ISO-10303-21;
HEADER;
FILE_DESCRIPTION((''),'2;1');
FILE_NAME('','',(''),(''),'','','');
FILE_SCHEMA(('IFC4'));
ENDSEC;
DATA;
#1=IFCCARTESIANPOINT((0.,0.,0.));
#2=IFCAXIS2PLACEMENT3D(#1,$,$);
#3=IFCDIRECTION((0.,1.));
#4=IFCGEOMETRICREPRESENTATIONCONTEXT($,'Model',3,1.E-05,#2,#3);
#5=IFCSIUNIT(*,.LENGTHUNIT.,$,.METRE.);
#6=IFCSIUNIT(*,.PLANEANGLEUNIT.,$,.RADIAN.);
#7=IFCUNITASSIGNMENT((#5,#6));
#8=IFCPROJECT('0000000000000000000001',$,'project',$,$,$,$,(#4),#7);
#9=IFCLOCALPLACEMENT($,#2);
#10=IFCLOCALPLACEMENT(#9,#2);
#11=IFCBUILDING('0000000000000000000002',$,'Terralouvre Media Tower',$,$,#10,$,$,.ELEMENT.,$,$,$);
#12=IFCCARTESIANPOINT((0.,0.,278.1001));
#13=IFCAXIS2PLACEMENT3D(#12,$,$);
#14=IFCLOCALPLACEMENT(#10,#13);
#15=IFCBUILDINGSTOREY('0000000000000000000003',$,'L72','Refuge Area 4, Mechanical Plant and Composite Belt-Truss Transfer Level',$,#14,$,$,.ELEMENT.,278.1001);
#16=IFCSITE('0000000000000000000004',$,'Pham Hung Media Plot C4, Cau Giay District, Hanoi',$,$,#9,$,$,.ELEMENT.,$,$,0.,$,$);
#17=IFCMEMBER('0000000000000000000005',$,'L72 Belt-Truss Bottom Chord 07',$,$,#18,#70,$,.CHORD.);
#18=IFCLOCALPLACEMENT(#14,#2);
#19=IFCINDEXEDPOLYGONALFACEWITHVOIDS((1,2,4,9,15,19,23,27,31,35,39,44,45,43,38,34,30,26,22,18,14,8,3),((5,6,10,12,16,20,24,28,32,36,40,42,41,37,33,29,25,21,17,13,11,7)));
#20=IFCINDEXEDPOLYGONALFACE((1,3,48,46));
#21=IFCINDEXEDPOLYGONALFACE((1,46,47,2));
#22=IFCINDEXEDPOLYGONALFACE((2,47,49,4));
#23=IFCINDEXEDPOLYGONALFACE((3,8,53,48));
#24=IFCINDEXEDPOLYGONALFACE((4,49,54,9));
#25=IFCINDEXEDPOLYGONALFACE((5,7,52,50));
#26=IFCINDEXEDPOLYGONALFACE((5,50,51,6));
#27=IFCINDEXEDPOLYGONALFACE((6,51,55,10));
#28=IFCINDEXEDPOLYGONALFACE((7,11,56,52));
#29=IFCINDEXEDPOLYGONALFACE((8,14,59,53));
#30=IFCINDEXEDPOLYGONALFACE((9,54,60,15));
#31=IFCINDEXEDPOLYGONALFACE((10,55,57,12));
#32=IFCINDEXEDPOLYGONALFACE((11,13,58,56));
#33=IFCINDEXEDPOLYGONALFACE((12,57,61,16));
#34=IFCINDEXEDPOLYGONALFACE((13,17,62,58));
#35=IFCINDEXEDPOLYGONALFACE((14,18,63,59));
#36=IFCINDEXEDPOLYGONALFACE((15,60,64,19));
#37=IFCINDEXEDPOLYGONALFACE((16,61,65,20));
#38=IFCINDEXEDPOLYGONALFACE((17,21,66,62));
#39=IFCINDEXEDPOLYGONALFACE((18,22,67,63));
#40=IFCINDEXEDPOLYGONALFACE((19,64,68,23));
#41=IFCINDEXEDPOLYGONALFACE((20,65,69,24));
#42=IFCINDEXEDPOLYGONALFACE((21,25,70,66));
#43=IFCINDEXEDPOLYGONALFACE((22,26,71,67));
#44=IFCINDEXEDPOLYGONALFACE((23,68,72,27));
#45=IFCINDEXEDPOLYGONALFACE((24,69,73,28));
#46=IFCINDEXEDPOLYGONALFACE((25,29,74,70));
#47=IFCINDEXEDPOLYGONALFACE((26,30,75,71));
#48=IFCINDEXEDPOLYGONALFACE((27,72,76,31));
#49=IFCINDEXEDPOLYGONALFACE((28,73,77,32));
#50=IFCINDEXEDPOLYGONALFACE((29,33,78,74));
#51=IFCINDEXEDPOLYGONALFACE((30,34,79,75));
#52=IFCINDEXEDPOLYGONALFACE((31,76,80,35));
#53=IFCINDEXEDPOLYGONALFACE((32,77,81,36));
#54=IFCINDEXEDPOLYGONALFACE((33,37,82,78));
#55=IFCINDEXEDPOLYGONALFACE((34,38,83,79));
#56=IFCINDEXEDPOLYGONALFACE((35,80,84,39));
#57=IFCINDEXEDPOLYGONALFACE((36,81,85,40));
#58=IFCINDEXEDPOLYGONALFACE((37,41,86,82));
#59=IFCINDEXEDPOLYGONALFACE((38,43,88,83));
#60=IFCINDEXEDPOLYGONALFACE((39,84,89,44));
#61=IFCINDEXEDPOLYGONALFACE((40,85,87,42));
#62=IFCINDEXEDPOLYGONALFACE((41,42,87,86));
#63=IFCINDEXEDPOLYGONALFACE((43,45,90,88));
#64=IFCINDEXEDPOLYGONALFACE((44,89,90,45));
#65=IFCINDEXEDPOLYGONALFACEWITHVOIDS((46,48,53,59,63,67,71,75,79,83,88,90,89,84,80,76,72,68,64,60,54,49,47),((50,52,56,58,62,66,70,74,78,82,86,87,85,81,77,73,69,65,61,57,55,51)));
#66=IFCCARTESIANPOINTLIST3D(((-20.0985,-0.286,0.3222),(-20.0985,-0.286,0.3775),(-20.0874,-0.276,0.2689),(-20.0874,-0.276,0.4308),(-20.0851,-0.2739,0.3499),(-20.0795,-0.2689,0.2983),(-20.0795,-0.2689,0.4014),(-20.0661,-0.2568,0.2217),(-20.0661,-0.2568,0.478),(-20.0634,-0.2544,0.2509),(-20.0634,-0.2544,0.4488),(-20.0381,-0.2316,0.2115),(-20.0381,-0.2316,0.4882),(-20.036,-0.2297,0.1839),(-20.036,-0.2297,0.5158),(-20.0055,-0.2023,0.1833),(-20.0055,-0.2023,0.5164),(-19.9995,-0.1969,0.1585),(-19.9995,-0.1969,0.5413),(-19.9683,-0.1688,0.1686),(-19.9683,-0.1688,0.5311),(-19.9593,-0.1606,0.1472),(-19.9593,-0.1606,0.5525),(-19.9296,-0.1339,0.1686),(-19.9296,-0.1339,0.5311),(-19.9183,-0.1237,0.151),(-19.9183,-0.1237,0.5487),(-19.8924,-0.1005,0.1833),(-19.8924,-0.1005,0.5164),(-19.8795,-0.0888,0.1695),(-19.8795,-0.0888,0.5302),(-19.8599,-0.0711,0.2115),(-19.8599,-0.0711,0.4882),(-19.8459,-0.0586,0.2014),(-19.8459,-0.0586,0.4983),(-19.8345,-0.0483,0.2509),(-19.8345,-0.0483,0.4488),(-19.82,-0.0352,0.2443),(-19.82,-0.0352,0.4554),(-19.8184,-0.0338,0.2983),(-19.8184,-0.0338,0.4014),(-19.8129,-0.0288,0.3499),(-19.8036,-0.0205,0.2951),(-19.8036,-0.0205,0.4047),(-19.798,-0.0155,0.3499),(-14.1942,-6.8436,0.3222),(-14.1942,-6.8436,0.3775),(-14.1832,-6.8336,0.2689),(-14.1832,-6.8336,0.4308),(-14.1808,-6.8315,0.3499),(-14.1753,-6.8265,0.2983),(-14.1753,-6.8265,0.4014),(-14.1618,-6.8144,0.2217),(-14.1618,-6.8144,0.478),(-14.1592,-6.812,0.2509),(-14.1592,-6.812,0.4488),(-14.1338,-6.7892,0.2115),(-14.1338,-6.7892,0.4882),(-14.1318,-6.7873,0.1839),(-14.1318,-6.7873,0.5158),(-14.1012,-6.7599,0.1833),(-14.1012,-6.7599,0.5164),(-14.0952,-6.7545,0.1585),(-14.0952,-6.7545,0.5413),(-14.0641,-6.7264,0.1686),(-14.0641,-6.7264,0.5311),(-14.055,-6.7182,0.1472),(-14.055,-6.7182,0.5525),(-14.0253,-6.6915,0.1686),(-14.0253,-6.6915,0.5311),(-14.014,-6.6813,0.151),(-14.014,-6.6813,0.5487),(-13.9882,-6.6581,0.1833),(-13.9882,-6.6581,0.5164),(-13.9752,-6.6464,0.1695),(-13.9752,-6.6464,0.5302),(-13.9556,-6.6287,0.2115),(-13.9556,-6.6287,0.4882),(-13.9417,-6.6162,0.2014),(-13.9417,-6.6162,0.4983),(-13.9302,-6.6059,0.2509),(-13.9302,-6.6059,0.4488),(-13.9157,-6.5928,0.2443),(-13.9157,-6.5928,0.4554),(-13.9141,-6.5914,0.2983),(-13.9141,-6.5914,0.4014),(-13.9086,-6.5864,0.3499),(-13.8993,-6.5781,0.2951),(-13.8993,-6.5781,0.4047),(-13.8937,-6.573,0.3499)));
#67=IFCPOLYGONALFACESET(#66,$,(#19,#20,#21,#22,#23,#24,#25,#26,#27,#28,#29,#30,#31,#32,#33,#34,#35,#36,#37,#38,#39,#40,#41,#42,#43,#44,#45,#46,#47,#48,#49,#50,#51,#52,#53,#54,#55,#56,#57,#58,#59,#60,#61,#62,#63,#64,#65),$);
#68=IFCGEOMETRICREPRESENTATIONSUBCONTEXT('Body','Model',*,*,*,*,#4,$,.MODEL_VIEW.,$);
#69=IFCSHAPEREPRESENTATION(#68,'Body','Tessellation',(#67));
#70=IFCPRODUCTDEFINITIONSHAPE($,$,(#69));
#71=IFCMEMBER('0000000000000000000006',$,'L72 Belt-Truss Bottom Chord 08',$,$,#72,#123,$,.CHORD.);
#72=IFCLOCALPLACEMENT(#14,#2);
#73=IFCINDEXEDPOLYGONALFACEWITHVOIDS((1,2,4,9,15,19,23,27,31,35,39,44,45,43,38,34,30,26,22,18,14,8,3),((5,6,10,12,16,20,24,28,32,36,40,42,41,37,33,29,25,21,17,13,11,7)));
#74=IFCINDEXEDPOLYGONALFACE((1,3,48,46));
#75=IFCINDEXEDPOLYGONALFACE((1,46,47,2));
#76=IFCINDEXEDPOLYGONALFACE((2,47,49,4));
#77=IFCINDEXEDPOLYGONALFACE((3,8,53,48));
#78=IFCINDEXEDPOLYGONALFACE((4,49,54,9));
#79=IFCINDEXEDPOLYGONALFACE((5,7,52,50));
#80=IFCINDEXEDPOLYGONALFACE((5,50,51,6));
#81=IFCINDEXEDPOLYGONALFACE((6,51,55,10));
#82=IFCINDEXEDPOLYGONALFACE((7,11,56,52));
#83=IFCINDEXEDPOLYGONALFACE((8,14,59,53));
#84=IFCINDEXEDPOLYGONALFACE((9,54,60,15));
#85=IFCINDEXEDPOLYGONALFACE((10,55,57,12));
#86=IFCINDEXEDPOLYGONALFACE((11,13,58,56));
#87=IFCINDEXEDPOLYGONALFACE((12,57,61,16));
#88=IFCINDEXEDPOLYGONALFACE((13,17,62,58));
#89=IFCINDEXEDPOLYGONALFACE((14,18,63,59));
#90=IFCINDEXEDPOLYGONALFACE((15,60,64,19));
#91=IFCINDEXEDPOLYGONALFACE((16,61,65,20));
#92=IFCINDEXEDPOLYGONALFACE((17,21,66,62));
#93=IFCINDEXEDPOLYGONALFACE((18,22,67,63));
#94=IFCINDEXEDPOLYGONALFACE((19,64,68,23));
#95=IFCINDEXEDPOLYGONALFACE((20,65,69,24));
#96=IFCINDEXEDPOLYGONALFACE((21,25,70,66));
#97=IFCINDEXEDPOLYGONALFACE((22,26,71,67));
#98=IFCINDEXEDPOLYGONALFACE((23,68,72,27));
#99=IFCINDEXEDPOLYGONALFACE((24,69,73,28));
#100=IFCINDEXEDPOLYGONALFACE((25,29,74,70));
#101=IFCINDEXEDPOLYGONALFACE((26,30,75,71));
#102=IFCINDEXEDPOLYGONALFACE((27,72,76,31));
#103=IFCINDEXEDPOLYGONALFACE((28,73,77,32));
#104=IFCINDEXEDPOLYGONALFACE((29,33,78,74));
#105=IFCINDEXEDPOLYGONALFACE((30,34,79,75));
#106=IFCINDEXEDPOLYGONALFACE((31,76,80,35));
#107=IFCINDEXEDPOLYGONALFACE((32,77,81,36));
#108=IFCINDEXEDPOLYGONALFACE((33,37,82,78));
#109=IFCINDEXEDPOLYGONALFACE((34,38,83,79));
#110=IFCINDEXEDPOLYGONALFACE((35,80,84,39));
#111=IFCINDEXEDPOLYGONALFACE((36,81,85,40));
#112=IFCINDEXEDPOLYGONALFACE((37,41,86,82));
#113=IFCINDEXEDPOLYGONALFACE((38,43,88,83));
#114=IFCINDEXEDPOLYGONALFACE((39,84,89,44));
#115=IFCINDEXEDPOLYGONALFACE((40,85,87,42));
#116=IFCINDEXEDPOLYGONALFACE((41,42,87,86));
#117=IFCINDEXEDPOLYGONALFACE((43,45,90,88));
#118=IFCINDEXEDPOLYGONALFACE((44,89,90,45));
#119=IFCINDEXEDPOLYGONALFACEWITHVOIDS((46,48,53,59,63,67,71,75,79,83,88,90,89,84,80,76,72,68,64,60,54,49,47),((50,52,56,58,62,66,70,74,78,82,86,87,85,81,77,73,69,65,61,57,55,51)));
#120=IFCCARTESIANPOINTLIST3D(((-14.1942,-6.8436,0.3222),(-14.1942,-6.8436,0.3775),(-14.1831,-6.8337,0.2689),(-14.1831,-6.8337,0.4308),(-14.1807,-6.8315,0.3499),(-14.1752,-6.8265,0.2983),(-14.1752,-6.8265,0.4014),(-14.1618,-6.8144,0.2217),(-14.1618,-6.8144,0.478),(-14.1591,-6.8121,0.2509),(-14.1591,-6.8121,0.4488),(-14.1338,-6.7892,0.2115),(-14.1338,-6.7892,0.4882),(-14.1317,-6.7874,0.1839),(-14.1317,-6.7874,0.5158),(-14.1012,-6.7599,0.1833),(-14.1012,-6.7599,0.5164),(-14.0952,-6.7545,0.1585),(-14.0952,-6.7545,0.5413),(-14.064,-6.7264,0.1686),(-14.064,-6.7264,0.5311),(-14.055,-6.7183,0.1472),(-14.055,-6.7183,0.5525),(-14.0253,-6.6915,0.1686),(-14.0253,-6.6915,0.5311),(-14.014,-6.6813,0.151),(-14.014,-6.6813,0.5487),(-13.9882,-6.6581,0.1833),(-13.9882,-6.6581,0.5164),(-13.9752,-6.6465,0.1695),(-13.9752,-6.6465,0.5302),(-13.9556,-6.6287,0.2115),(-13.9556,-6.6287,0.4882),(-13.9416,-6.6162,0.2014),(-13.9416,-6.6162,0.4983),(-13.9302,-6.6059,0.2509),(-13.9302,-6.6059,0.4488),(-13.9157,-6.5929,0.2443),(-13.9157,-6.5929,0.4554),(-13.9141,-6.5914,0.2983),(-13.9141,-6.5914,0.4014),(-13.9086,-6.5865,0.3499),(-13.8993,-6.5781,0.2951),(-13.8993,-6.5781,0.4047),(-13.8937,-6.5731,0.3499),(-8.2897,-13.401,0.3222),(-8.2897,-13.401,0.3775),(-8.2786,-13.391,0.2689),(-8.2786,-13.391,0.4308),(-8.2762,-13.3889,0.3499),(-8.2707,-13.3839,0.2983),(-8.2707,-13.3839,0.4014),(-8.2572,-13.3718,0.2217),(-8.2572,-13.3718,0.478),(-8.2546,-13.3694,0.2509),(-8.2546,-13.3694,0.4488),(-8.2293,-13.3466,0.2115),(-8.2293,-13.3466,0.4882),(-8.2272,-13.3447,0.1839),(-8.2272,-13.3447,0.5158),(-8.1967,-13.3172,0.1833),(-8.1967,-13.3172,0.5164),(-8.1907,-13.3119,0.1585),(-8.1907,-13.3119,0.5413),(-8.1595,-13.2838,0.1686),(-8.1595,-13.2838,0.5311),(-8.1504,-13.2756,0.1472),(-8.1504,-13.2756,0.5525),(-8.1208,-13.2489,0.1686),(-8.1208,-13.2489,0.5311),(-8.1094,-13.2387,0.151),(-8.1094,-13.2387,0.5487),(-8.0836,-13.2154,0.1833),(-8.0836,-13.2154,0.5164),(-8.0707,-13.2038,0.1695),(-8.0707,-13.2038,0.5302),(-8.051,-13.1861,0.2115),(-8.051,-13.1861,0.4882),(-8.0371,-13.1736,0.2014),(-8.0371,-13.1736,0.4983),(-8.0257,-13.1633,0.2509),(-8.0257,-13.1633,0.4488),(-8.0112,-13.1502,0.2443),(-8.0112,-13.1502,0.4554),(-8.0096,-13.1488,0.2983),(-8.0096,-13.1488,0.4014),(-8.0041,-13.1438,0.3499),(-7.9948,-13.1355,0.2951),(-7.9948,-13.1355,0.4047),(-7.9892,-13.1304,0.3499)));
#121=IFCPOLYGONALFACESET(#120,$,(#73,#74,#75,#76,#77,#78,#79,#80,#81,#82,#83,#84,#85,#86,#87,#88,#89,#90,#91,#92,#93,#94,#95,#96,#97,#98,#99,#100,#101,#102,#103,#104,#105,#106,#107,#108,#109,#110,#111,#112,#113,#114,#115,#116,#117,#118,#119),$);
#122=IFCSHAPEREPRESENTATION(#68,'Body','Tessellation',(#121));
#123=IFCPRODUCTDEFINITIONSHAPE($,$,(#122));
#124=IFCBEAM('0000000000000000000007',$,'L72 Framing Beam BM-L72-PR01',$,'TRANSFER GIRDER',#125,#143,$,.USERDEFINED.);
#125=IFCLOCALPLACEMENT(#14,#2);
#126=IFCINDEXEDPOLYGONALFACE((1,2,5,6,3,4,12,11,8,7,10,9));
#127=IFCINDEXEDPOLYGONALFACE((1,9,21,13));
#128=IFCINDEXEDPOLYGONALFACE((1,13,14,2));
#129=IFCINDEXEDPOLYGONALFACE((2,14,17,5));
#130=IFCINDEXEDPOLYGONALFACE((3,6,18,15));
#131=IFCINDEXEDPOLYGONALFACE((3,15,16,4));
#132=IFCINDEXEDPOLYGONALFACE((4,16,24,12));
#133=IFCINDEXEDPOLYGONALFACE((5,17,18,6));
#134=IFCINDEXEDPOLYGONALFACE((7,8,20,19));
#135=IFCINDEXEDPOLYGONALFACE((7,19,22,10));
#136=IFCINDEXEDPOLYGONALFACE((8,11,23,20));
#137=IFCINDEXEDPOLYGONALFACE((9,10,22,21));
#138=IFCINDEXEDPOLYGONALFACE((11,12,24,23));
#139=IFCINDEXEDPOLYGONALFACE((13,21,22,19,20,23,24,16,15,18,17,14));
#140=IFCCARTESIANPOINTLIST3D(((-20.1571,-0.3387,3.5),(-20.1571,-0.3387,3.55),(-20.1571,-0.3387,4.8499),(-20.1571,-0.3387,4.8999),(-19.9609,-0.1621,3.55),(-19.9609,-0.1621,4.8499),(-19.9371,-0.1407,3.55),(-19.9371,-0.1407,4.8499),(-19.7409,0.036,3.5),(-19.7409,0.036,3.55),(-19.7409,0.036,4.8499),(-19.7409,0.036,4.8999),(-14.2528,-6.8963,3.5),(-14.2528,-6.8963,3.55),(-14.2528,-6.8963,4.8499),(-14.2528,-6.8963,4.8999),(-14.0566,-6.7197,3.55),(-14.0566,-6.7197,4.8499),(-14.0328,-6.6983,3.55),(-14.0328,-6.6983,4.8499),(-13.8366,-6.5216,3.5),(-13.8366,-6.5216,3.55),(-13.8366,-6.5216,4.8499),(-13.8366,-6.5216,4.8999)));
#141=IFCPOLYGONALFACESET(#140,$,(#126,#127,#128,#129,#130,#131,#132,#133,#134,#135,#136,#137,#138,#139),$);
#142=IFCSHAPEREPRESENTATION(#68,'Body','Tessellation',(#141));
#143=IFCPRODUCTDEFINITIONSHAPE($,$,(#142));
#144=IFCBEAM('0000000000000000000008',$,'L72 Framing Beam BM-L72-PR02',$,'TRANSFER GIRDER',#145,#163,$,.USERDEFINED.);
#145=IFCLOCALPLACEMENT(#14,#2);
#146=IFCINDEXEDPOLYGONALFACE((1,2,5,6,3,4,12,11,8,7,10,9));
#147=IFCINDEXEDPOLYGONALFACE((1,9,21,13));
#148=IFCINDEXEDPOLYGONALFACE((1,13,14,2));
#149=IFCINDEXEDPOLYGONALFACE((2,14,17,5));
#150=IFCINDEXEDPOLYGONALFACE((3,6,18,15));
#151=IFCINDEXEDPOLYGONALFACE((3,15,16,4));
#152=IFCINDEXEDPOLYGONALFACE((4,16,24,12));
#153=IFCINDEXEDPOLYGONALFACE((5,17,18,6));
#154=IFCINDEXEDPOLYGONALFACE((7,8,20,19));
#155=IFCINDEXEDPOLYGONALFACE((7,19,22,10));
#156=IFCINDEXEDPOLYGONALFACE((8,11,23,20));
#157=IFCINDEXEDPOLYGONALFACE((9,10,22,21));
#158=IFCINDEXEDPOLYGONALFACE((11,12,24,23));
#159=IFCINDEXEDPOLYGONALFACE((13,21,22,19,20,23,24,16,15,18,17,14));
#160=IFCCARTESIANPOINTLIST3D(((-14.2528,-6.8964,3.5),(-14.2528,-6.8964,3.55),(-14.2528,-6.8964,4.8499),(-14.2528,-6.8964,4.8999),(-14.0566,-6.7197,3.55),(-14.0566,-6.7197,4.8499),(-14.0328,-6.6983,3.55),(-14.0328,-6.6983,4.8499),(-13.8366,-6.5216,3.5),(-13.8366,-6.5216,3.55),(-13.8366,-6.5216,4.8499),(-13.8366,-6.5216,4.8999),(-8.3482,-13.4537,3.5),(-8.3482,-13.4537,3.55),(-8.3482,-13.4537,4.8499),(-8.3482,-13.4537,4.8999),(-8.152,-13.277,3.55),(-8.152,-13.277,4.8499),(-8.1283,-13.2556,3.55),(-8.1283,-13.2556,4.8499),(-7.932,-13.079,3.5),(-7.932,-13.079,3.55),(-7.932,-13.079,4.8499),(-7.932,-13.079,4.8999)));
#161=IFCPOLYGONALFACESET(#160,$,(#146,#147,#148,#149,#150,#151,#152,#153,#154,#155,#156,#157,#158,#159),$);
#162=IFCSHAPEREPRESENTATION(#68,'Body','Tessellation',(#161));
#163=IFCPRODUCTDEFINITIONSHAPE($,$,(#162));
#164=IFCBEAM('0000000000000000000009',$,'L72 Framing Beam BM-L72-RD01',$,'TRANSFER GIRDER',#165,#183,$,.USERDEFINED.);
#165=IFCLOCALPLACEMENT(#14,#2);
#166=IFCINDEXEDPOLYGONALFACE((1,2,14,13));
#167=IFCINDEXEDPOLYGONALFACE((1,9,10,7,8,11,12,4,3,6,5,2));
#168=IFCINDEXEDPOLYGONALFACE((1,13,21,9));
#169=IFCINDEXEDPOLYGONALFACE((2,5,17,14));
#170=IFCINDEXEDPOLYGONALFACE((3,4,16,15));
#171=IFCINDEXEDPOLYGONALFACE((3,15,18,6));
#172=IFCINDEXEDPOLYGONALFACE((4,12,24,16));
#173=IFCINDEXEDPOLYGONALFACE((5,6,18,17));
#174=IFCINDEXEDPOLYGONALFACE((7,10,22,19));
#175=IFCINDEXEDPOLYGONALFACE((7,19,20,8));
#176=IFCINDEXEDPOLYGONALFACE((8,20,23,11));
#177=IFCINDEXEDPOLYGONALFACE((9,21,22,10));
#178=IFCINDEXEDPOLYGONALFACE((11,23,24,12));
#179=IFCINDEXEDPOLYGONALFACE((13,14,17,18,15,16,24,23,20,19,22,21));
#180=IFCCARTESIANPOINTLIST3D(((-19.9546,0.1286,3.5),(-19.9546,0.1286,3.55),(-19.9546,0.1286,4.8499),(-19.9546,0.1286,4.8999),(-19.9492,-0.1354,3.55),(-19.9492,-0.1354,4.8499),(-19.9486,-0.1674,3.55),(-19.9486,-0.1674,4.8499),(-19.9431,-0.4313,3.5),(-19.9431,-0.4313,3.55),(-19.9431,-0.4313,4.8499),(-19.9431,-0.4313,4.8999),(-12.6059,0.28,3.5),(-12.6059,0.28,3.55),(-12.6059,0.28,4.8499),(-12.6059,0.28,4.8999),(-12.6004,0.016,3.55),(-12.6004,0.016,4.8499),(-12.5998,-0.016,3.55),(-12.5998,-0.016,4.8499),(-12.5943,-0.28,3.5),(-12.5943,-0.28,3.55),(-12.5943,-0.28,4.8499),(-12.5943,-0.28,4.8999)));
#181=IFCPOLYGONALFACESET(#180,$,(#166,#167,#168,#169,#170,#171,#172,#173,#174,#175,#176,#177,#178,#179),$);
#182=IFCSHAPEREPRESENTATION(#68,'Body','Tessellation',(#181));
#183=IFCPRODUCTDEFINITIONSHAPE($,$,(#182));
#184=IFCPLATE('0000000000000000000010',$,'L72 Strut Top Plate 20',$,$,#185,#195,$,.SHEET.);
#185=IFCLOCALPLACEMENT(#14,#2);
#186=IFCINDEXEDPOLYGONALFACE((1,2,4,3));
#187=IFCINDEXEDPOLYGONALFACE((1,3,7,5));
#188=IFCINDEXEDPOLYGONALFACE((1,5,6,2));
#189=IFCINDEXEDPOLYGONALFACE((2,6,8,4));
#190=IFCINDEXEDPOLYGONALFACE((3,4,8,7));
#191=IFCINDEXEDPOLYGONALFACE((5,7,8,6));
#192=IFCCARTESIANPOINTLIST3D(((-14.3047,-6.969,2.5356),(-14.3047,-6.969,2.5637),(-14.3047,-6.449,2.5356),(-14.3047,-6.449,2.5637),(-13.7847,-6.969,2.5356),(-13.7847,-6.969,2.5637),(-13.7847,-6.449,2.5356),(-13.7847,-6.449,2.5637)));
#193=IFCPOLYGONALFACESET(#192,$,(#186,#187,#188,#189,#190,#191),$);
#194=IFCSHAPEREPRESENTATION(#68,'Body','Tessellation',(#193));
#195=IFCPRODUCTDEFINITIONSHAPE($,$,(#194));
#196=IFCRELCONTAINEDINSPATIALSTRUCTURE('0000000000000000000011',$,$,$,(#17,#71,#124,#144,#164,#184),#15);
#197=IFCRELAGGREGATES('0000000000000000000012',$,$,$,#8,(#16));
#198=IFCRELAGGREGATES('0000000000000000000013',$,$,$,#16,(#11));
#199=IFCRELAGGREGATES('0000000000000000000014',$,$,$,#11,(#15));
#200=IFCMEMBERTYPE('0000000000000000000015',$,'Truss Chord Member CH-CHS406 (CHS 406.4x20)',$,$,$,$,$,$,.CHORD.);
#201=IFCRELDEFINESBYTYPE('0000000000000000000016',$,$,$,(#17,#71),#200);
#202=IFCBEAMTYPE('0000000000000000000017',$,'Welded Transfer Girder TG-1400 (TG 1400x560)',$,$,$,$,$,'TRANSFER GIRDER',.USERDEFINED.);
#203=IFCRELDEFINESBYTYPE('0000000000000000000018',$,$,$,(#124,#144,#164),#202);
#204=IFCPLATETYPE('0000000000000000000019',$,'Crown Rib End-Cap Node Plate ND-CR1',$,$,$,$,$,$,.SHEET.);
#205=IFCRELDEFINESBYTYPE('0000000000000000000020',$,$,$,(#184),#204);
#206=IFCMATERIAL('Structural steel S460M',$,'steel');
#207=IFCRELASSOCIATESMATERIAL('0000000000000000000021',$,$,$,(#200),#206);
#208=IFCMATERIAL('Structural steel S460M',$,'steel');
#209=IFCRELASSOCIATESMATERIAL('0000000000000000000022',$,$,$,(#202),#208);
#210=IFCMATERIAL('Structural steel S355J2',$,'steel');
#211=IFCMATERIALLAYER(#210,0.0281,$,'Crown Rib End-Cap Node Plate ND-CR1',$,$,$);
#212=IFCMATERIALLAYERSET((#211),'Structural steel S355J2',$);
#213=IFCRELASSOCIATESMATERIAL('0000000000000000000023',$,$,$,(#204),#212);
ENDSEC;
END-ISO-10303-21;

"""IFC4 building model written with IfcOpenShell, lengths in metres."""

from ifc_helpers import new_model, si_unit, direction, frame, origin, origin_2d, place, context, subcontext, project, spatial, rectangle, hollow_circle, i_section, extrude, material, layer, layer_set, material_profile, profile_set, type_object, element, save


model = new_model("IFC4")

# Units and contexts
model_context = context("Model", 3, precision=1e-05, world=origin(), true_north=direction((0.0, 1.0)))
body_context = subcontext(model_context, "Body", "Model", "MODEL_VIEW")
ifc_project = project(units=[si_unit("LENGTHUNIT", "METRE"), si_unit("PLANEANGLEUNIT", "RADIAN")], contexts=[model_context])

# Site, building, storey
site_placement = place(None, origin())
site = spatial("IfcSite", under=ifc_project, at=site_placement, Name="Pham Hung Media Plot C4, Cau Giay District, Hanoi", CompositionType="ELEMENT", RefElevation=0.0)
building_placement = place(site_placement, origin())
building = spatial("IfcBuilding", under=site, at=building_placement, Name="Terralouvre Media Tower", CompositionType="ELEMENT")
storey_placement = place(building_placement, frame((0.0, 0.0, 278.1001)))
storey = spatial("IfcBuildingStorey", under=building, at=storey_placement, Name="L72", Description="Refuge Area 4, Mechanical Plant and Composite Belt-Truss Transfer Level", CompositionType="ELEMENT", Elevation=278.1001)

# Members
ifc_material_1 = material(Name="Structural steel S460M", Category="steel")
ifc_material_profile_1 = material_profile(ifc_material_1, hollow_circle(Radius=0.2031, WallThickness=0.02, at=origin_2d()), Name="CHS 406.4x20")
ifc_profile_set_1 = profile_set([ifc_material_profile_1], Name="Structural steel S460M")
member_type_1 = type_object("IfcMemberType", Name="Truss Chord Member CH-CHS406 (CHS 406.4x20)", PredefinedType="CHORD", material=ifc_profile_set_1)
for number, where, z_axis, x_axis, name in (
    (1, (-19.949, -0.1514, 0.3499), (0.669118, -0.743157, 0.0), (0.743157, 0.669118, 0.0), "L72 Belt-Truss Bottom Chord 07"),
    (2, (-14.0447, -6.709, 0.3499), (0.669147, -0.74313, 0.0), (0.74313, 0.669147, 0.0), "L72 Belt-Truss Bottom Chord 08"),
):
    element("IfcMember", number, at=place(storey_placement, frame(where, z_axis=z_axis, x_axis=x_axis)), inside=storey, type_object=member_type_1, Name=name, PredefinedType="CHORD", context=body_context, shape_type="SweptSolid", body=[
        extrude(hollow_circle(Radius=0.2031, WallThickness=0.02, at=origin_2d()), origin(), (0.0, 0.0, 1.0), 8.824),
    ])

# Beams
ifc_material_2 = material(Name="Structural steel S460M", Category="steel")
ifc_material_profile_2 = material_profile(ifc_material_2, i_section(OverallWidth=0.5601, OverallDepth=1.3999, WebThickness=0.032, FlangeThickness=0.05, at=origin_2d()), Name="TG 1400x560")
ifc_profile_set_2 = profile_set([ifc_material_profile_2], Name="Structural steel S460M")
beam_type_1 = type_object("IfcBeamType", Name="Welded Transfer Girder TG-1400 (TG 1400x560)", ElementType="TRANSFER GIRDER", PredefinedType="USERDEFINED", material=ifc_profile_set_2)
for number, where, z_axis, x_axis, name in (
    (3, (-19.949, -0.1514, 4.2), (0.669118, -0.743157, 0.0), (0.743157, 0.669118, 0.0), "L72 Framing Beam BM-L72-PR01"),
    (4, (-14.0447, -6.709, 4.2), (0.669147, -0.74313, 0.0), (0.74313, 0.669147, 0.0), "L72 Framing Beam BM-L72-PR02"),
):
    element("IfcBeam", number, at=place(storey_placement, frame(where, z_axis=z_axis, x_axis=x_axis)), inside=storey, type_object=beam_type_1, Name=name, ObjectType="TRANSFER GIRDER", PredefinedType="USERDEFINED", context=body_context, shape_type="SweptSolid", body=[
        extrude(i_section(OverallWidth=0.5601, OverallDepth=1.3999, WebThickness=0.032, FlangeThickness=0.05, at=origin_2d()), origin(), (0.0, 0.0, 1.0), 8.824),
    ])
beam_1_placement = place(storey_placement, frame((-12.6001, 0.0, 4.2), z_axis=(-0.999788, -0.020593, 0.0), x_axis=(0.020593, -0.999788, 0.0)))
element("IfcBeam", 5, at=beam_1_placement, inside=storey, type_object=beam_type_1, Name="L72 Framing Beam BM-L72-RD01", ObjectType="TRANSFER GIRDER", PredefinedType="USERDEFINED", context=body_context, shape_type="SweptSolid", body=[
    extrude(i_section(OverallWidth=0.5601, OverallDepth=1.3999, WebThickness=0.032, FlangeThickness=0.05, at=origin_2d()), origin(), (0.0, 0.0, 1.0), 7.3503),
])

# Plate
ifc_material_3 = material(Name="Structural steel S355J2", Category="steel")
ifc_layer_1 = layer(ifc_material_3, 0.0281, Name="Crown Rib End-Cap Node Plate ND-CR1")
ifc_layer_set_1 = layer_set([ifc_layer_1], Name="Structural steel S355J2")
plate_type_1 = type_object("IfcPlateType", Name="Crown Rib End-Cap Node Plate ND-CR1", PredefinedType="SHEET", material=ifc_layer_set_1)
plate_placement = place(storey_placement, frame((-14.0447, -6.709, 2.5356), z_axis=(0.0, 0.0, 1.0), x_axis=(1.0, 0.0, 0.0)))
element("IfcPlate", 6, at=plate_placement, inside=storey, type_object=plate_type_1, Name="L72 Strut Top Plate 20", PredefinedType="SHEET", context=body_context, shape_type="SweptSolid", body=[
    extrude(rectangle(XDim=0.52, YDim=0.52, at=origin_2d()), origin(), (0.0, 0.0, 1.0), 0.0281),
])

save(model, "model.ifc")
